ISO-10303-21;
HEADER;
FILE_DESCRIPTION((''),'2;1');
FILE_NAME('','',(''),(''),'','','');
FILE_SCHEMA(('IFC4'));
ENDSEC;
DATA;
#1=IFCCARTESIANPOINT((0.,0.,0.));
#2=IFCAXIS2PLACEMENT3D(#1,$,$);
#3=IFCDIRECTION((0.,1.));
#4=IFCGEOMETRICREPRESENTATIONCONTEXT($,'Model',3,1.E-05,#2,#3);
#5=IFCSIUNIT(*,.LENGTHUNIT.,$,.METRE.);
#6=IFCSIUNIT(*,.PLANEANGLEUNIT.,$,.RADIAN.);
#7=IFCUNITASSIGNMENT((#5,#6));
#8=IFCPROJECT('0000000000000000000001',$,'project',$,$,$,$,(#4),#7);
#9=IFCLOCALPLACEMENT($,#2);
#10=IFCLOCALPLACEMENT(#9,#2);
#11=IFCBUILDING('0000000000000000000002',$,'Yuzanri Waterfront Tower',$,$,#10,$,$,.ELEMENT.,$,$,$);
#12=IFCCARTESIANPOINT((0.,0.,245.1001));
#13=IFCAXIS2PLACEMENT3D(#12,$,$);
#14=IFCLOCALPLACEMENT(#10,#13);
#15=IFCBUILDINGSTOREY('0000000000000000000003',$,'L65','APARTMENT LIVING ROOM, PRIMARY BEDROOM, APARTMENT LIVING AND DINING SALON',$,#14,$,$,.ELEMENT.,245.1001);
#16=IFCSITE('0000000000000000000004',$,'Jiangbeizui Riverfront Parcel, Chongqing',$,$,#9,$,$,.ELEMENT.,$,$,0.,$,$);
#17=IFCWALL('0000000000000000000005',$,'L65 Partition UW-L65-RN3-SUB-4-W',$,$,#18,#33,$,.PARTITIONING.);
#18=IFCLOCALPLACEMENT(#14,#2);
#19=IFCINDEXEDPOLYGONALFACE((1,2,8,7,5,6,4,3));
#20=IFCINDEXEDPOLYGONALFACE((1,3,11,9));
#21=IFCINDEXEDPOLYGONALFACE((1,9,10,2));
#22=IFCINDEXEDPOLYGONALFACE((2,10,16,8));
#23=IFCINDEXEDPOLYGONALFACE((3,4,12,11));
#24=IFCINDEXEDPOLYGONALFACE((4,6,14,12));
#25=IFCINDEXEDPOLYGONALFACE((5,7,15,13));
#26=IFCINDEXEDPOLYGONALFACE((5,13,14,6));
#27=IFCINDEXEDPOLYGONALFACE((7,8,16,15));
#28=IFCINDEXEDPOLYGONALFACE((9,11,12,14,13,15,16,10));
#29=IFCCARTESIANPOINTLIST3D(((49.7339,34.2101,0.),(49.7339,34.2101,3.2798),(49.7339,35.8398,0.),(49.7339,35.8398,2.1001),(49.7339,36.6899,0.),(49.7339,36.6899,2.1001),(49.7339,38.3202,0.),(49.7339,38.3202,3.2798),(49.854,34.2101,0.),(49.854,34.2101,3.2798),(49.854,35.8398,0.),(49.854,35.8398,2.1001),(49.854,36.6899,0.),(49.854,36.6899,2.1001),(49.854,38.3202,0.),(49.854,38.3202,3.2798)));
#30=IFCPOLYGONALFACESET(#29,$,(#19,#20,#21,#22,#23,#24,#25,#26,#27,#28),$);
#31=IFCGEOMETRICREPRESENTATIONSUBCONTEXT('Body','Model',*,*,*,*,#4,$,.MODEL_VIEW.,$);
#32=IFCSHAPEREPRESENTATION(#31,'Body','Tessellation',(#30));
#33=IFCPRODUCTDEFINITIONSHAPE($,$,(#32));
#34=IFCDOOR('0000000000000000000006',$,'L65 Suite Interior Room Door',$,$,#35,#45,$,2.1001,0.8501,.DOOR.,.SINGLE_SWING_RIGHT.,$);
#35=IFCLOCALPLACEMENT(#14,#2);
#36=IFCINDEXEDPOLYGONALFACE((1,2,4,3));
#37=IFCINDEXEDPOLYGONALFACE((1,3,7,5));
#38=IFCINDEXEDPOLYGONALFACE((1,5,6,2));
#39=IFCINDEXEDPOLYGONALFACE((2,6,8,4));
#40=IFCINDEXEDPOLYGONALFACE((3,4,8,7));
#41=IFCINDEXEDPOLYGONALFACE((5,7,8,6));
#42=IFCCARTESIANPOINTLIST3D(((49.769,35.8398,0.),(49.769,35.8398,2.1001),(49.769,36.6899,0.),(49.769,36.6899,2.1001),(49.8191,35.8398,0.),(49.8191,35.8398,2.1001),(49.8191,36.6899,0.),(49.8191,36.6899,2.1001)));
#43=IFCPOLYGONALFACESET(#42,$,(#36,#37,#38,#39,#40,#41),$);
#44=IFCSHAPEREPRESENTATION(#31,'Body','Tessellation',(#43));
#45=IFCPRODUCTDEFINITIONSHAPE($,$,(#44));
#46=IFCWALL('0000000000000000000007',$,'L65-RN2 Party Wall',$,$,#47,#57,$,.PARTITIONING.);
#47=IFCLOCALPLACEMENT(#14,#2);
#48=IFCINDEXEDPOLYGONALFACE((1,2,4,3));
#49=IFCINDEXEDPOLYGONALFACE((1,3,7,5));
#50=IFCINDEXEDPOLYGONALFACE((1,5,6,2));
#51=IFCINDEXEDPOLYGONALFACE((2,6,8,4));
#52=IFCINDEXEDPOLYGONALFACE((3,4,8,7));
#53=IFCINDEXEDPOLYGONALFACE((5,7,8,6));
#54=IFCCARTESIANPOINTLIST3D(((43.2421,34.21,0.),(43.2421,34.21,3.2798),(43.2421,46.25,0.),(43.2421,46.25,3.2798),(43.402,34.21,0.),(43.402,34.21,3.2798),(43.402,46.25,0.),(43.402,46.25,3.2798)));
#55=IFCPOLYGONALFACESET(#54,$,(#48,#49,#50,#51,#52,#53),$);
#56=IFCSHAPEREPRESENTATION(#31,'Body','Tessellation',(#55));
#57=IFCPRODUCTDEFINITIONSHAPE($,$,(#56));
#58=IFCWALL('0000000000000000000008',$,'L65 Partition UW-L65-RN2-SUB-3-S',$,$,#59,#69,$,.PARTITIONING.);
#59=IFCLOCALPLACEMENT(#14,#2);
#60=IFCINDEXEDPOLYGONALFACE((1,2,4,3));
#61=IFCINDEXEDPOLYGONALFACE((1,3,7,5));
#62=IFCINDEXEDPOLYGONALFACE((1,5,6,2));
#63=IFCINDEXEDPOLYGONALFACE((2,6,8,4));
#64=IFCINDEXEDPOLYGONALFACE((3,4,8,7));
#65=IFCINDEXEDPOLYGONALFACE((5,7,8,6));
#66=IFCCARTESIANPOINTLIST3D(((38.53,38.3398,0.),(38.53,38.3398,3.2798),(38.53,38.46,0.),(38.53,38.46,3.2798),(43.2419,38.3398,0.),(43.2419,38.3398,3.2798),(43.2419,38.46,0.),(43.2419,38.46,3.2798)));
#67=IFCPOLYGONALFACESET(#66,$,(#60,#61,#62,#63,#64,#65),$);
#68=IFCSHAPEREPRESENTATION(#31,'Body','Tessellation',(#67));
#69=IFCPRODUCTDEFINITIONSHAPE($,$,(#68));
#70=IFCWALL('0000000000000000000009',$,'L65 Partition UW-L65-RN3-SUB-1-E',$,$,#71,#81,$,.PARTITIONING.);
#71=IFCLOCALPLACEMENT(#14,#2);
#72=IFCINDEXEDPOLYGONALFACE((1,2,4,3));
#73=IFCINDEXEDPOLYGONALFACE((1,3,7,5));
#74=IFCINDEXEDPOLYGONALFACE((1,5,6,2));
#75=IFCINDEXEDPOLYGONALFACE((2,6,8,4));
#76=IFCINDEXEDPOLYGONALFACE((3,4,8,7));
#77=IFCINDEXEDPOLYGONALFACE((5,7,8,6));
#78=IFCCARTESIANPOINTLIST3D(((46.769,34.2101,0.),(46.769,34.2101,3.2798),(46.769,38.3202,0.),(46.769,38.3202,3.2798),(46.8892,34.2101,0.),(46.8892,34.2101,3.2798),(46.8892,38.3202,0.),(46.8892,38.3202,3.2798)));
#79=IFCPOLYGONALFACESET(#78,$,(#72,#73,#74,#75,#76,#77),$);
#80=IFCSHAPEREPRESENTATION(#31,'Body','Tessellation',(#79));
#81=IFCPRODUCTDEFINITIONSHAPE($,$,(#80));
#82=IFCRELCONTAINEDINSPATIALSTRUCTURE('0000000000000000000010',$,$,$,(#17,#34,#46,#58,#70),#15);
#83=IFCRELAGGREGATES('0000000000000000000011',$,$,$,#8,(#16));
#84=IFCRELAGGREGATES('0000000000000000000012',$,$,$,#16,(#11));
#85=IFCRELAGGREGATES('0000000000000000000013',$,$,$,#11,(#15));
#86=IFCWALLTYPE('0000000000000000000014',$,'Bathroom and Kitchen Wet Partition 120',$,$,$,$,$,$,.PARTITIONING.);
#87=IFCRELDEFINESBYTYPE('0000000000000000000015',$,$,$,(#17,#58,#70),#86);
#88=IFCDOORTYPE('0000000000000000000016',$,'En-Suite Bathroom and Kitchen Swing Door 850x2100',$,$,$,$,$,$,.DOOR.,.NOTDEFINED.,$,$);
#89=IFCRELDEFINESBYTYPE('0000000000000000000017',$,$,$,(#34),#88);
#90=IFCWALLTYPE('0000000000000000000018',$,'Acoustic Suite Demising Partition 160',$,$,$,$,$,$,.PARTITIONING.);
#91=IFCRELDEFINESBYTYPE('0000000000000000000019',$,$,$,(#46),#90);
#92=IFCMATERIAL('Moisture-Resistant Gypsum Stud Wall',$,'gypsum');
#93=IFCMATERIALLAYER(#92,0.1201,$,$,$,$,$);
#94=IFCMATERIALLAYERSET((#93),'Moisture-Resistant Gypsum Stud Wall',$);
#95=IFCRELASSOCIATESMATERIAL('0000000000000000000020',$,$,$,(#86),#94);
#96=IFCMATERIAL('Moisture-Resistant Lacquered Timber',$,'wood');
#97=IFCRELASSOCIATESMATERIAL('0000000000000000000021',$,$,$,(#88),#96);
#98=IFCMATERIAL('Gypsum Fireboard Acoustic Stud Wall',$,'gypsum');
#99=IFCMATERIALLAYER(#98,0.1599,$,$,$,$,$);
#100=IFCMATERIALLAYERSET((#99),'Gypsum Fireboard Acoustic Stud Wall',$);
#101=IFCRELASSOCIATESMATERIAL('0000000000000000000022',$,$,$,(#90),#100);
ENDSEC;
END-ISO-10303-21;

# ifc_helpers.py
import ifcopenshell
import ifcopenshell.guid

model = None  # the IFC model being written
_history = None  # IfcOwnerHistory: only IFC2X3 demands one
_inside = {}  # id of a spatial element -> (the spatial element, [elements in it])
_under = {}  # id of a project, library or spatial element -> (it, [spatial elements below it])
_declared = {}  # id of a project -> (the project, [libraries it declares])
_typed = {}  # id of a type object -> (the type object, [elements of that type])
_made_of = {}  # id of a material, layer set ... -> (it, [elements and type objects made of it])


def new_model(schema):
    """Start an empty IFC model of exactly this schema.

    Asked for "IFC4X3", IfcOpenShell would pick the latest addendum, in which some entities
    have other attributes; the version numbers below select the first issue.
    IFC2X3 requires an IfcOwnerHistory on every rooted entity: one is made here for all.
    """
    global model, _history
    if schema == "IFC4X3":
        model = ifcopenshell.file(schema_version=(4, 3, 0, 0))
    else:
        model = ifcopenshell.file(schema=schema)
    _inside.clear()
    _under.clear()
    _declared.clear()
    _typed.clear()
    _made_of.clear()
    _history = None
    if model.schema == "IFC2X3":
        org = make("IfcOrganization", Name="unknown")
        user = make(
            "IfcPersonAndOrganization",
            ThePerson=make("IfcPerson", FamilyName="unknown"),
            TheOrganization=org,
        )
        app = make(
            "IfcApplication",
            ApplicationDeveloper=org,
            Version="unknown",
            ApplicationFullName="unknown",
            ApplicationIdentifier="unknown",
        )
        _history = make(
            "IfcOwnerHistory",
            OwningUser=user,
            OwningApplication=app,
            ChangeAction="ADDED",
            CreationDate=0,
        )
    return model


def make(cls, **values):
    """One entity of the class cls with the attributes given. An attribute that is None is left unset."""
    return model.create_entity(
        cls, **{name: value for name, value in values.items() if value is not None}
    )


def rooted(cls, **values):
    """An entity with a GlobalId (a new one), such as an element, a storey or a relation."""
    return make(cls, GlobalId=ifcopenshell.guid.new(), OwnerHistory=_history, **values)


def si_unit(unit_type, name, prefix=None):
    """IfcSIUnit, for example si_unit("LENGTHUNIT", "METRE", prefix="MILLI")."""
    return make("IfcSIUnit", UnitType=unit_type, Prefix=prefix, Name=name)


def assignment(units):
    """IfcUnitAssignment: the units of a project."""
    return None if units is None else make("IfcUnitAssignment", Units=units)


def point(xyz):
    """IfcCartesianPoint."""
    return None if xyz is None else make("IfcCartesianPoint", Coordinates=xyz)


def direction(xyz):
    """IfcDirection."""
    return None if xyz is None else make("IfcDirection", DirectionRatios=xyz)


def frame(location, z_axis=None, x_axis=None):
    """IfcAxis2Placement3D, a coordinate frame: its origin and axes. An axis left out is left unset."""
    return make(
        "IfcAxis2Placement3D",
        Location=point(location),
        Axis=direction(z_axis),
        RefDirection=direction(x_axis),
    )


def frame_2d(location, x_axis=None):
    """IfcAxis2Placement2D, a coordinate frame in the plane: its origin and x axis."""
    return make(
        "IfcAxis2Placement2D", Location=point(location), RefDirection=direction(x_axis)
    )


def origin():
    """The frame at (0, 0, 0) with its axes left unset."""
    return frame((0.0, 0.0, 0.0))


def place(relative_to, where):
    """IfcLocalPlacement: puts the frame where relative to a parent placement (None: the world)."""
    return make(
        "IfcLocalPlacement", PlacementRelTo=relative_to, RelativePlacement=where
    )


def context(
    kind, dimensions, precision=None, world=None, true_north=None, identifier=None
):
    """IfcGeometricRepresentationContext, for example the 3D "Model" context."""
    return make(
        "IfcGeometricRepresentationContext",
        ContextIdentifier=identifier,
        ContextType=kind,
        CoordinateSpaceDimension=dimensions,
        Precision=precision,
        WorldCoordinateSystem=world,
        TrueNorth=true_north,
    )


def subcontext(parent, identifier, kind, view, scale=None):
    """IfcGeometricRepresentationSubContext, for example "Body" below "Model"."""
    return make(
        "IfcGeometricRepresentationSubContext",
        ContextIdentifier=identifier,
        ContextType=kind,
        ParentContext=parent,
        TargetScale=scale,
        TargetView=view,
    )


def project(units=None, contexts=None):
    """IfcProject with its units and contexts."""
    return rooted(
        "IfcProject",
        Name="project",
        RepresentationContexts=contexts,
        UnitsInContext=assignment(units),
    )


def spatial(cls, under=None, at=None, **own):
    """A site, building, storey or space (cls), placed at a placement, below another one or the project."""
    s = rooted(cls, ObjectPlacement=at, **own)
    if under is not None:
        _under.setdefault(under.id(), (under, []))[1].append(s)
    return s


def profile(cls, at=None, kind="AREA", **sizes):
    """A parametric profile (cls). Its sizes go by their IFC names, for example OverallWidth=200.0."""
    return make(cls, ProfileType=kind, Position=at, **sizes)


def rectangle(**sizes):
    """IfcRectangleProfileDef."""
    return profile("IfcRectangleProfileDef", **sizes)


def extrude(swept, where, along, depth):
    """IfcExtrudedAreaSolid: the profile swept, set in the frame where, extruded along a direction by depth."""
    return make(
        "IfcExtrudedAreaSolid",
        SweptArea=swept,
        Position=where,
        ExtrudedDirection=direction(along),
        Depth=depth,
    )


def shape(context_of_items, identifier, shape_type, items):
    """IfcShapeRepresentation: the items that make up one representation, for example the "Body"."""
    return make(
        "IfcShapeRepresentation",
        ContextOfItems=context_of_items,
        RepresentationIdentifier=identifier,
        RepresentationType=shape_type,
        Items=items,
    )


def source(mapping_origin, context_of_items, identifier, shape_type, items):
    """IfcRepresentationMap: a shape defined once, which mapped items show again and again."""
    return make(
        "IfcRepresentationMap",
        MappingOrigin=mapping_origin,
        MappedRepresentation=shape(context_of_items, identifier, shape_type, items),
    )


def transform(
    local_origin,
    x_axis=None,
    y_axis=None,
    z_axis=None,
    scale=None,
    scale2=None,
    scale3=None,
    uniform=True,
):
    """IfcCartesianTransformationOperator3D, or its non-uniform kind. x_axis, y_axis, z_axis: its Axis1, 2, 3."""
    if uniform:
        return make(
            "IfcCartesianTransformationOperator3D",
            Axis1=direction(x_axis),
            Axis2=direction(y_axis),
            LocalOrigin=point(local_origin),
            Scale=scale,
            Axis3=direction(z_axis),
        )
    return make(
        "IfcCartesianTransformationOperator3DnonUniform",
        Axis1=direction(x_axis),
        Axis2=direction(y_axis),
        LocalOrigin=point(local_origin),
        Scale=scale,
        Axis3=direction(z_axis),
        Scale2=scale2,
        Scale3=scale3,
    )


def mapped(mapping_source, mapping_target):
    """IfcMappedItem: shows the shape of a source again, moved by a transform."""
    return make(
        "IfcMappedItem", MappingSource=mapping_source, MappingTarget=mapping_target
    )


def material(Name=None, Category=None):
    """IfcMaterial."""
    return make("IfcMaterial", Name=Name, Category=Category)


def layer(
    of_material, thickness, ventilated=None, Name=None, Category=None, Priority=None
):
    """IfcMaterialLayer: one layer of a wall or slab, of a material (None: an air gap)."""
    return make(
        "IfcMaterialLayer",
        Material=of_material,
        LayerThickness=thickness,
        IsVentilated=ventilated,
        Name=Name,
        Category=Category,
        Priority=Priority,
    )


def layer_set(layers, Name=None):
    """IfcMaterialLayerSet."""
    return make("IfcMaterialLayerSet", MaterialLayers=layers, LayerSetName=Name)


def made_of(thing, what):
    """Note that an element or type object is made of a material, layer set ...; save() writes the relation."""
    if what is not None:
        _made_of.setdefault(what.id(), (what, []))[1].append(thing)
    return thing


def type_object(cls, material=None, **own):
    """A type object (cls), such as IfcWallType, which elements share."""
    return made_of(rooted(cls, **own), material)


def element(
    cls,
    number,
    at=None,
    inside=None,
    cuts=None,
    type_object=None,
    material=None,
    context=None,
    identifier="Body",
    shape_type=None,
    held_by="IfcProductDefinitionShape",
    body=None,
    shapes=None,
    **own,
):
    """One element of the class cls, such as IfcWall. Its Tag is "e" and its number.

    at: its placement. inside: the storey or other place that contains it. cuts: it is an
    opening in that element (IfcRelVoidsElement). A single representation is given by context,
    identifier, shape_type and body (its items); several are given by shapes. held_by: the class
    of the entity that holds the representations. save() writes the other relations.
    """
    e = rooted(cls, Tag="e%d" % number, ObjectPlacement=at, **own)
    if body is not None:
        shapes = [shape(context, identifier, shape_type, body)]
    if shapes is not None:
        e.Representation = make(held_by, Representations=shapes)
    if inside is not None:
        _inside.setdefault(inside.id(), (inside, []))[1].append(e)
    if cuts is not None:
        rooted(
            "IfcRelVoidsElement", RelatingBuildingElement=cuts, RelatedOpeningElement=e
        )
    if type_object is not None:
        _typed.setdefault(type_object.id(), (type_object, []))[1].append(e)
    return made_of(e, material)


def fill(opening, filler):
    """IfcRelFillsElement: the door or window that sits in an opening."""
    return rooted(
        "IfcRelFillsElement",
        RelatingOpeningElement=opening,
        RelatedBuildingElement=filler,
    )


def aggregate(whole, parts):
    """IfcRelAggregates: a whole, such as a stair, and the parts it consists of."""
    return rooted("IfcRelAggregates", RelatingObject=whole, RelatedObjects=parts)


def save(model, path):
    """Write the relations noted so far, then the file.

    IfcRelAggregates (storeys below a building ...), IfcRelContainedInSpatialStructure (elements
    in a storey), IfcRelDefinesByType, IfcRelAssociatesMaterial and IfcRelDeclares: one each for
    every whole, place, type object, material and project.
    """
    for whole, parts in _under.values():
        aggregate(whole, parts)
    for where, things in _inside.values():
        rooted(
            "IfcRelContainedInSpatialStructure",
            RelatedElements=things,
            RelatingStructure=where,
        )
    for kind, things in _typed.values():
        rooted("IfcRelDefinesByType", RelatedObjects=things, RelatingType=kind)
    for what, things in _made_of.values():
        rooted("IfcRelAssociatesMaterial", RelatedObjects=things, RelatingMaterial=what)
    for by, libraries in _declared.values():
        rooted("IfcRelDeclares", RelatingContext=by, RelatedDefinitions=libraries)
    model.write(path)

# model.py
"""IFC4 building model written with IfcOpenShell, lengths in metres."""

from ifc_helpers import new_model, si_unit, direction, frame, frame_2d, origin, place, context, subcontext, project, spatial, rectangle, extrude, source, transform, mapped, material, layer, layer_set, type_object, element, fill, save


model = new_model("IFC4")

# Units and contexts
model_context = context("Model", 3, precision=1e-05, world=origin(), true_north=direction((0.0, 1.0)))
body_context = subcontext(model_context, "Body", "Model", "MODEL_VIEW")
ifc_project = project(units=[si_unit("LENGTHUNIT", "METRE"), si_unit("PLANEANGLEUNIT", "RADIAN")], contexts=[model_context])

# Site, building, storey
site_placement = place(None, origin())
site = spatial("IfcSite", under=ifc_project, at=site_placement, Name="Jiangbeizui Riverfront Parcel, Chongqing", CompositionType="ELEMENT", RefElevation=0.0)
building_placement = place(site_placement, origin())
building = spatial("IfcBuilding", under=site, at=building_placement, Name="Yuzanri Waterfront Tower", CompositionType="ELEMENT")
storey_placement = place(building_placement, frame((0.0, 0.0, 245.1001)))
storey = spatial("IfcBuildingStorey", under=building, at=storey_placement, Name="L65", Description="APARTMENT LIVING ROOM, PRIMARY BEDROOM, APARTMENT LIVING AND DINING SALON", CompositionType="ELEMENT", Elevation=245.1001)

# Wall, opening, door
ifc_material_1 = material(Name="Moisture-Resistant Gypsum Stud Wall", Category="gypsum")
ifc_layer_1 = layer(ifc_material_1, 0.1201)
ifc_layer_set_1 = layer_set([ifc_layer_1], Name="Moisture-Resistant Gypsum Stud Wall")
wall_type_1 = type_object("IfcWallType", Name="Bathroom and Kitchen Wet Partition 120", PredefinedType="PARTITIONING", material=ifc_layer_set_1)
ifc_material_2 = material(Name="Moisture-Resistant Lacquered Timber", Category="wood")
door_type_1 = type_object("IfcDoorType", Name="En-Suite Bathroom and Kitchen Swing Door 850x2100", OperationType="NOTDEFINED", PredefinedType="DOOR", material=ifc_material_2)
shared_shape_1 = source(origin(), body_context, "Body", "SweptSolid", [
    extrude(rectangle(XDim=0.8501, YDim=2.1001, at=frame_2d((0.425, 1.05))), frame((0.0, 0.0249, 0.0), z_axis=(0.0, -1.0, 0.0), x_axis=(1.0, 0.0, 0.0)), (0.0, 0.0, 1.0), 0.05),
])
wall_1_placement = place(storey_placement, frame((49.7939, 34.21, 0.0), z_axis=(0.0, 0.0, 1.0), x_axis=(0.0, 1.0, 0.0)))
wall_1 = element("IfcWall", 1, at=wall_1_placement, inside=storey, type_object=wall_type_1, Name="L65 Partition UW-L65-RN3-SUB-4-W", PredefinedType="PARTITIONING", context=body_context, shape_type="SweptSolid", body=[
    extrude(rectangle(XDim=4.1101, YDim=0.1201, at=frame_2d((2.0552, 0.0))), origin(), (0.0, 0.0, 1.0), 3.2798),
])
opening_1_placement = place(wall_1_placement, frame((1.6299, 0.0, 0.0)))
opening_1 = element("IfcOpeningElement", 2, at=opening_1_placement, cuts=wall_1, PredefinedType="OPENING", context=body_context, shape_type="SweptSolid", body=[
    extrude(rectangle(XDim=0.8501, YDim=2.1001, at=frame_2d((0.425, 1.05))), frame((0.0, 0.075, 0.0), z_axis=(0.0, -1.0, 0.0), x_axis=(1.0, 0.0, 0.0)), (0.0, 0.0, 1.0), 0.1499),
])
door_1_placement = place(opening_1_placement, origin())
door_1 = element("IfcDoor", 3, at=door_1_placement, inside=storey, type_object=door_type_1, Name="L65 Suite Interior Room Door", OperationType="SINGLE_SWING_RIGHT", OverallHeight=2.1001, OverallWidth=0.8501, PredefinedType="DOOR", context=body_context, shape_type="MappedRepresentation", body=[
    mapped(shared_shape_1, transform((0.0, 0.0, 0.0), scale=1.0)),
])
fill(opening_1, door_1)

# Walls
ifc_material_3 = material(Name="Gypsum Fireboard Acoustic Stud Wall", Category="gypsum")
ifc_layer_2 = layer(ifc_material_3, 0.1599)
ifc_layer_set_2 = layer_set([ifc_layer_2], Name="Gypsum Fireboard Acoustic Stud Wall")
wall_type_2 = type_object("IfcWallType", Name="Acoustic Suite Demising Partition 160", PredefinedType="PARTITIONING", material=ifc_layer_set_2)
shared_shape_2 = source(origin(), body_context, "Body", "SweptSolid", [
    extrude(rectangle(XDim=12.04, YDim=0.1599, at=frame_2d((6.02, 0.0))), origin(), (0.0, 0.0, 1.0), 3.2798),
])
wall_2_placement = place(storey_placement, frame((43.322, 34.21, 0.0), z_axis=(0.0, 0.0, 1.0), x_axis=(0.0, 1.0, 0.0)))
element("IfcWall", 4, at=wall_2_placement, inside=storey, type_object=wall_type_2, Name="L65-RN2 Party Wall", PredefinedType="PARTITIONING", context=body_context, shape_type="MappedRepresentation", body=[
    mapped(shared_shape_2, transform((0.0, 0.0, 0.0), scale=1.0)),
])
shared_shape_3 = source(origin(), body_context, "Body", "SweptSolid", [
    extrude(rectangle(XDim=4.7119, YDim=0.1201, at=frame_2d((2.356, 0.0))), origin(), (0.0, 0.0, 1.0), 3.2798),
])
wall_3_placement = place(storey_placement, frame((38.53, 38.3999, 0.0), z_axis=(0.0, 0.0, 1.0), x_axis=(1.0, 0.0, 0.0)))
element("IfcWall", 5, at=wall_3_placement, inside=storey, type_object=wall_type_1, Name="L65 Partition UW-L65-RN2-SUB-3-S", PredefinedType="PARTITIONING", context=body_context, shape_type="MappedRepresentation", body=[
    mapped(shared_shape_3, transform((0.0, 0.0, 0.0), scale=1.0)),
])
shared_shape_4 = source(origin(), body_context, "Body", "SweptSolid", [
    extrude(rectangle(XDim=4.1101, YDim=0.1201, at=frame_2d((2.0552, 0.0))), origin(), (0.0, 0.0, 1.0), 3.2798),
])
wall_4_placement = place(storey_placement, frame((46.8291, 34.21, 0.0), z_axis=(0.0, 0.0, 1.0), x_axis=(0.0, 1.0, 0.0)))
element("IfcWall", 6, at=wall_4_placement, inside=storey, type_object=wall_type_1, Name="L65 Partition UW-L65-RN3-SUB-1-E", PredefinedType="PARTITIONING", context=body_context, shape_type="MappedRepresentation", body=[
    mapped(shared_shape_4, transform((0.0, 0.0, 0.0), scale=1.0)),
])

save(model, "model.ifc")
